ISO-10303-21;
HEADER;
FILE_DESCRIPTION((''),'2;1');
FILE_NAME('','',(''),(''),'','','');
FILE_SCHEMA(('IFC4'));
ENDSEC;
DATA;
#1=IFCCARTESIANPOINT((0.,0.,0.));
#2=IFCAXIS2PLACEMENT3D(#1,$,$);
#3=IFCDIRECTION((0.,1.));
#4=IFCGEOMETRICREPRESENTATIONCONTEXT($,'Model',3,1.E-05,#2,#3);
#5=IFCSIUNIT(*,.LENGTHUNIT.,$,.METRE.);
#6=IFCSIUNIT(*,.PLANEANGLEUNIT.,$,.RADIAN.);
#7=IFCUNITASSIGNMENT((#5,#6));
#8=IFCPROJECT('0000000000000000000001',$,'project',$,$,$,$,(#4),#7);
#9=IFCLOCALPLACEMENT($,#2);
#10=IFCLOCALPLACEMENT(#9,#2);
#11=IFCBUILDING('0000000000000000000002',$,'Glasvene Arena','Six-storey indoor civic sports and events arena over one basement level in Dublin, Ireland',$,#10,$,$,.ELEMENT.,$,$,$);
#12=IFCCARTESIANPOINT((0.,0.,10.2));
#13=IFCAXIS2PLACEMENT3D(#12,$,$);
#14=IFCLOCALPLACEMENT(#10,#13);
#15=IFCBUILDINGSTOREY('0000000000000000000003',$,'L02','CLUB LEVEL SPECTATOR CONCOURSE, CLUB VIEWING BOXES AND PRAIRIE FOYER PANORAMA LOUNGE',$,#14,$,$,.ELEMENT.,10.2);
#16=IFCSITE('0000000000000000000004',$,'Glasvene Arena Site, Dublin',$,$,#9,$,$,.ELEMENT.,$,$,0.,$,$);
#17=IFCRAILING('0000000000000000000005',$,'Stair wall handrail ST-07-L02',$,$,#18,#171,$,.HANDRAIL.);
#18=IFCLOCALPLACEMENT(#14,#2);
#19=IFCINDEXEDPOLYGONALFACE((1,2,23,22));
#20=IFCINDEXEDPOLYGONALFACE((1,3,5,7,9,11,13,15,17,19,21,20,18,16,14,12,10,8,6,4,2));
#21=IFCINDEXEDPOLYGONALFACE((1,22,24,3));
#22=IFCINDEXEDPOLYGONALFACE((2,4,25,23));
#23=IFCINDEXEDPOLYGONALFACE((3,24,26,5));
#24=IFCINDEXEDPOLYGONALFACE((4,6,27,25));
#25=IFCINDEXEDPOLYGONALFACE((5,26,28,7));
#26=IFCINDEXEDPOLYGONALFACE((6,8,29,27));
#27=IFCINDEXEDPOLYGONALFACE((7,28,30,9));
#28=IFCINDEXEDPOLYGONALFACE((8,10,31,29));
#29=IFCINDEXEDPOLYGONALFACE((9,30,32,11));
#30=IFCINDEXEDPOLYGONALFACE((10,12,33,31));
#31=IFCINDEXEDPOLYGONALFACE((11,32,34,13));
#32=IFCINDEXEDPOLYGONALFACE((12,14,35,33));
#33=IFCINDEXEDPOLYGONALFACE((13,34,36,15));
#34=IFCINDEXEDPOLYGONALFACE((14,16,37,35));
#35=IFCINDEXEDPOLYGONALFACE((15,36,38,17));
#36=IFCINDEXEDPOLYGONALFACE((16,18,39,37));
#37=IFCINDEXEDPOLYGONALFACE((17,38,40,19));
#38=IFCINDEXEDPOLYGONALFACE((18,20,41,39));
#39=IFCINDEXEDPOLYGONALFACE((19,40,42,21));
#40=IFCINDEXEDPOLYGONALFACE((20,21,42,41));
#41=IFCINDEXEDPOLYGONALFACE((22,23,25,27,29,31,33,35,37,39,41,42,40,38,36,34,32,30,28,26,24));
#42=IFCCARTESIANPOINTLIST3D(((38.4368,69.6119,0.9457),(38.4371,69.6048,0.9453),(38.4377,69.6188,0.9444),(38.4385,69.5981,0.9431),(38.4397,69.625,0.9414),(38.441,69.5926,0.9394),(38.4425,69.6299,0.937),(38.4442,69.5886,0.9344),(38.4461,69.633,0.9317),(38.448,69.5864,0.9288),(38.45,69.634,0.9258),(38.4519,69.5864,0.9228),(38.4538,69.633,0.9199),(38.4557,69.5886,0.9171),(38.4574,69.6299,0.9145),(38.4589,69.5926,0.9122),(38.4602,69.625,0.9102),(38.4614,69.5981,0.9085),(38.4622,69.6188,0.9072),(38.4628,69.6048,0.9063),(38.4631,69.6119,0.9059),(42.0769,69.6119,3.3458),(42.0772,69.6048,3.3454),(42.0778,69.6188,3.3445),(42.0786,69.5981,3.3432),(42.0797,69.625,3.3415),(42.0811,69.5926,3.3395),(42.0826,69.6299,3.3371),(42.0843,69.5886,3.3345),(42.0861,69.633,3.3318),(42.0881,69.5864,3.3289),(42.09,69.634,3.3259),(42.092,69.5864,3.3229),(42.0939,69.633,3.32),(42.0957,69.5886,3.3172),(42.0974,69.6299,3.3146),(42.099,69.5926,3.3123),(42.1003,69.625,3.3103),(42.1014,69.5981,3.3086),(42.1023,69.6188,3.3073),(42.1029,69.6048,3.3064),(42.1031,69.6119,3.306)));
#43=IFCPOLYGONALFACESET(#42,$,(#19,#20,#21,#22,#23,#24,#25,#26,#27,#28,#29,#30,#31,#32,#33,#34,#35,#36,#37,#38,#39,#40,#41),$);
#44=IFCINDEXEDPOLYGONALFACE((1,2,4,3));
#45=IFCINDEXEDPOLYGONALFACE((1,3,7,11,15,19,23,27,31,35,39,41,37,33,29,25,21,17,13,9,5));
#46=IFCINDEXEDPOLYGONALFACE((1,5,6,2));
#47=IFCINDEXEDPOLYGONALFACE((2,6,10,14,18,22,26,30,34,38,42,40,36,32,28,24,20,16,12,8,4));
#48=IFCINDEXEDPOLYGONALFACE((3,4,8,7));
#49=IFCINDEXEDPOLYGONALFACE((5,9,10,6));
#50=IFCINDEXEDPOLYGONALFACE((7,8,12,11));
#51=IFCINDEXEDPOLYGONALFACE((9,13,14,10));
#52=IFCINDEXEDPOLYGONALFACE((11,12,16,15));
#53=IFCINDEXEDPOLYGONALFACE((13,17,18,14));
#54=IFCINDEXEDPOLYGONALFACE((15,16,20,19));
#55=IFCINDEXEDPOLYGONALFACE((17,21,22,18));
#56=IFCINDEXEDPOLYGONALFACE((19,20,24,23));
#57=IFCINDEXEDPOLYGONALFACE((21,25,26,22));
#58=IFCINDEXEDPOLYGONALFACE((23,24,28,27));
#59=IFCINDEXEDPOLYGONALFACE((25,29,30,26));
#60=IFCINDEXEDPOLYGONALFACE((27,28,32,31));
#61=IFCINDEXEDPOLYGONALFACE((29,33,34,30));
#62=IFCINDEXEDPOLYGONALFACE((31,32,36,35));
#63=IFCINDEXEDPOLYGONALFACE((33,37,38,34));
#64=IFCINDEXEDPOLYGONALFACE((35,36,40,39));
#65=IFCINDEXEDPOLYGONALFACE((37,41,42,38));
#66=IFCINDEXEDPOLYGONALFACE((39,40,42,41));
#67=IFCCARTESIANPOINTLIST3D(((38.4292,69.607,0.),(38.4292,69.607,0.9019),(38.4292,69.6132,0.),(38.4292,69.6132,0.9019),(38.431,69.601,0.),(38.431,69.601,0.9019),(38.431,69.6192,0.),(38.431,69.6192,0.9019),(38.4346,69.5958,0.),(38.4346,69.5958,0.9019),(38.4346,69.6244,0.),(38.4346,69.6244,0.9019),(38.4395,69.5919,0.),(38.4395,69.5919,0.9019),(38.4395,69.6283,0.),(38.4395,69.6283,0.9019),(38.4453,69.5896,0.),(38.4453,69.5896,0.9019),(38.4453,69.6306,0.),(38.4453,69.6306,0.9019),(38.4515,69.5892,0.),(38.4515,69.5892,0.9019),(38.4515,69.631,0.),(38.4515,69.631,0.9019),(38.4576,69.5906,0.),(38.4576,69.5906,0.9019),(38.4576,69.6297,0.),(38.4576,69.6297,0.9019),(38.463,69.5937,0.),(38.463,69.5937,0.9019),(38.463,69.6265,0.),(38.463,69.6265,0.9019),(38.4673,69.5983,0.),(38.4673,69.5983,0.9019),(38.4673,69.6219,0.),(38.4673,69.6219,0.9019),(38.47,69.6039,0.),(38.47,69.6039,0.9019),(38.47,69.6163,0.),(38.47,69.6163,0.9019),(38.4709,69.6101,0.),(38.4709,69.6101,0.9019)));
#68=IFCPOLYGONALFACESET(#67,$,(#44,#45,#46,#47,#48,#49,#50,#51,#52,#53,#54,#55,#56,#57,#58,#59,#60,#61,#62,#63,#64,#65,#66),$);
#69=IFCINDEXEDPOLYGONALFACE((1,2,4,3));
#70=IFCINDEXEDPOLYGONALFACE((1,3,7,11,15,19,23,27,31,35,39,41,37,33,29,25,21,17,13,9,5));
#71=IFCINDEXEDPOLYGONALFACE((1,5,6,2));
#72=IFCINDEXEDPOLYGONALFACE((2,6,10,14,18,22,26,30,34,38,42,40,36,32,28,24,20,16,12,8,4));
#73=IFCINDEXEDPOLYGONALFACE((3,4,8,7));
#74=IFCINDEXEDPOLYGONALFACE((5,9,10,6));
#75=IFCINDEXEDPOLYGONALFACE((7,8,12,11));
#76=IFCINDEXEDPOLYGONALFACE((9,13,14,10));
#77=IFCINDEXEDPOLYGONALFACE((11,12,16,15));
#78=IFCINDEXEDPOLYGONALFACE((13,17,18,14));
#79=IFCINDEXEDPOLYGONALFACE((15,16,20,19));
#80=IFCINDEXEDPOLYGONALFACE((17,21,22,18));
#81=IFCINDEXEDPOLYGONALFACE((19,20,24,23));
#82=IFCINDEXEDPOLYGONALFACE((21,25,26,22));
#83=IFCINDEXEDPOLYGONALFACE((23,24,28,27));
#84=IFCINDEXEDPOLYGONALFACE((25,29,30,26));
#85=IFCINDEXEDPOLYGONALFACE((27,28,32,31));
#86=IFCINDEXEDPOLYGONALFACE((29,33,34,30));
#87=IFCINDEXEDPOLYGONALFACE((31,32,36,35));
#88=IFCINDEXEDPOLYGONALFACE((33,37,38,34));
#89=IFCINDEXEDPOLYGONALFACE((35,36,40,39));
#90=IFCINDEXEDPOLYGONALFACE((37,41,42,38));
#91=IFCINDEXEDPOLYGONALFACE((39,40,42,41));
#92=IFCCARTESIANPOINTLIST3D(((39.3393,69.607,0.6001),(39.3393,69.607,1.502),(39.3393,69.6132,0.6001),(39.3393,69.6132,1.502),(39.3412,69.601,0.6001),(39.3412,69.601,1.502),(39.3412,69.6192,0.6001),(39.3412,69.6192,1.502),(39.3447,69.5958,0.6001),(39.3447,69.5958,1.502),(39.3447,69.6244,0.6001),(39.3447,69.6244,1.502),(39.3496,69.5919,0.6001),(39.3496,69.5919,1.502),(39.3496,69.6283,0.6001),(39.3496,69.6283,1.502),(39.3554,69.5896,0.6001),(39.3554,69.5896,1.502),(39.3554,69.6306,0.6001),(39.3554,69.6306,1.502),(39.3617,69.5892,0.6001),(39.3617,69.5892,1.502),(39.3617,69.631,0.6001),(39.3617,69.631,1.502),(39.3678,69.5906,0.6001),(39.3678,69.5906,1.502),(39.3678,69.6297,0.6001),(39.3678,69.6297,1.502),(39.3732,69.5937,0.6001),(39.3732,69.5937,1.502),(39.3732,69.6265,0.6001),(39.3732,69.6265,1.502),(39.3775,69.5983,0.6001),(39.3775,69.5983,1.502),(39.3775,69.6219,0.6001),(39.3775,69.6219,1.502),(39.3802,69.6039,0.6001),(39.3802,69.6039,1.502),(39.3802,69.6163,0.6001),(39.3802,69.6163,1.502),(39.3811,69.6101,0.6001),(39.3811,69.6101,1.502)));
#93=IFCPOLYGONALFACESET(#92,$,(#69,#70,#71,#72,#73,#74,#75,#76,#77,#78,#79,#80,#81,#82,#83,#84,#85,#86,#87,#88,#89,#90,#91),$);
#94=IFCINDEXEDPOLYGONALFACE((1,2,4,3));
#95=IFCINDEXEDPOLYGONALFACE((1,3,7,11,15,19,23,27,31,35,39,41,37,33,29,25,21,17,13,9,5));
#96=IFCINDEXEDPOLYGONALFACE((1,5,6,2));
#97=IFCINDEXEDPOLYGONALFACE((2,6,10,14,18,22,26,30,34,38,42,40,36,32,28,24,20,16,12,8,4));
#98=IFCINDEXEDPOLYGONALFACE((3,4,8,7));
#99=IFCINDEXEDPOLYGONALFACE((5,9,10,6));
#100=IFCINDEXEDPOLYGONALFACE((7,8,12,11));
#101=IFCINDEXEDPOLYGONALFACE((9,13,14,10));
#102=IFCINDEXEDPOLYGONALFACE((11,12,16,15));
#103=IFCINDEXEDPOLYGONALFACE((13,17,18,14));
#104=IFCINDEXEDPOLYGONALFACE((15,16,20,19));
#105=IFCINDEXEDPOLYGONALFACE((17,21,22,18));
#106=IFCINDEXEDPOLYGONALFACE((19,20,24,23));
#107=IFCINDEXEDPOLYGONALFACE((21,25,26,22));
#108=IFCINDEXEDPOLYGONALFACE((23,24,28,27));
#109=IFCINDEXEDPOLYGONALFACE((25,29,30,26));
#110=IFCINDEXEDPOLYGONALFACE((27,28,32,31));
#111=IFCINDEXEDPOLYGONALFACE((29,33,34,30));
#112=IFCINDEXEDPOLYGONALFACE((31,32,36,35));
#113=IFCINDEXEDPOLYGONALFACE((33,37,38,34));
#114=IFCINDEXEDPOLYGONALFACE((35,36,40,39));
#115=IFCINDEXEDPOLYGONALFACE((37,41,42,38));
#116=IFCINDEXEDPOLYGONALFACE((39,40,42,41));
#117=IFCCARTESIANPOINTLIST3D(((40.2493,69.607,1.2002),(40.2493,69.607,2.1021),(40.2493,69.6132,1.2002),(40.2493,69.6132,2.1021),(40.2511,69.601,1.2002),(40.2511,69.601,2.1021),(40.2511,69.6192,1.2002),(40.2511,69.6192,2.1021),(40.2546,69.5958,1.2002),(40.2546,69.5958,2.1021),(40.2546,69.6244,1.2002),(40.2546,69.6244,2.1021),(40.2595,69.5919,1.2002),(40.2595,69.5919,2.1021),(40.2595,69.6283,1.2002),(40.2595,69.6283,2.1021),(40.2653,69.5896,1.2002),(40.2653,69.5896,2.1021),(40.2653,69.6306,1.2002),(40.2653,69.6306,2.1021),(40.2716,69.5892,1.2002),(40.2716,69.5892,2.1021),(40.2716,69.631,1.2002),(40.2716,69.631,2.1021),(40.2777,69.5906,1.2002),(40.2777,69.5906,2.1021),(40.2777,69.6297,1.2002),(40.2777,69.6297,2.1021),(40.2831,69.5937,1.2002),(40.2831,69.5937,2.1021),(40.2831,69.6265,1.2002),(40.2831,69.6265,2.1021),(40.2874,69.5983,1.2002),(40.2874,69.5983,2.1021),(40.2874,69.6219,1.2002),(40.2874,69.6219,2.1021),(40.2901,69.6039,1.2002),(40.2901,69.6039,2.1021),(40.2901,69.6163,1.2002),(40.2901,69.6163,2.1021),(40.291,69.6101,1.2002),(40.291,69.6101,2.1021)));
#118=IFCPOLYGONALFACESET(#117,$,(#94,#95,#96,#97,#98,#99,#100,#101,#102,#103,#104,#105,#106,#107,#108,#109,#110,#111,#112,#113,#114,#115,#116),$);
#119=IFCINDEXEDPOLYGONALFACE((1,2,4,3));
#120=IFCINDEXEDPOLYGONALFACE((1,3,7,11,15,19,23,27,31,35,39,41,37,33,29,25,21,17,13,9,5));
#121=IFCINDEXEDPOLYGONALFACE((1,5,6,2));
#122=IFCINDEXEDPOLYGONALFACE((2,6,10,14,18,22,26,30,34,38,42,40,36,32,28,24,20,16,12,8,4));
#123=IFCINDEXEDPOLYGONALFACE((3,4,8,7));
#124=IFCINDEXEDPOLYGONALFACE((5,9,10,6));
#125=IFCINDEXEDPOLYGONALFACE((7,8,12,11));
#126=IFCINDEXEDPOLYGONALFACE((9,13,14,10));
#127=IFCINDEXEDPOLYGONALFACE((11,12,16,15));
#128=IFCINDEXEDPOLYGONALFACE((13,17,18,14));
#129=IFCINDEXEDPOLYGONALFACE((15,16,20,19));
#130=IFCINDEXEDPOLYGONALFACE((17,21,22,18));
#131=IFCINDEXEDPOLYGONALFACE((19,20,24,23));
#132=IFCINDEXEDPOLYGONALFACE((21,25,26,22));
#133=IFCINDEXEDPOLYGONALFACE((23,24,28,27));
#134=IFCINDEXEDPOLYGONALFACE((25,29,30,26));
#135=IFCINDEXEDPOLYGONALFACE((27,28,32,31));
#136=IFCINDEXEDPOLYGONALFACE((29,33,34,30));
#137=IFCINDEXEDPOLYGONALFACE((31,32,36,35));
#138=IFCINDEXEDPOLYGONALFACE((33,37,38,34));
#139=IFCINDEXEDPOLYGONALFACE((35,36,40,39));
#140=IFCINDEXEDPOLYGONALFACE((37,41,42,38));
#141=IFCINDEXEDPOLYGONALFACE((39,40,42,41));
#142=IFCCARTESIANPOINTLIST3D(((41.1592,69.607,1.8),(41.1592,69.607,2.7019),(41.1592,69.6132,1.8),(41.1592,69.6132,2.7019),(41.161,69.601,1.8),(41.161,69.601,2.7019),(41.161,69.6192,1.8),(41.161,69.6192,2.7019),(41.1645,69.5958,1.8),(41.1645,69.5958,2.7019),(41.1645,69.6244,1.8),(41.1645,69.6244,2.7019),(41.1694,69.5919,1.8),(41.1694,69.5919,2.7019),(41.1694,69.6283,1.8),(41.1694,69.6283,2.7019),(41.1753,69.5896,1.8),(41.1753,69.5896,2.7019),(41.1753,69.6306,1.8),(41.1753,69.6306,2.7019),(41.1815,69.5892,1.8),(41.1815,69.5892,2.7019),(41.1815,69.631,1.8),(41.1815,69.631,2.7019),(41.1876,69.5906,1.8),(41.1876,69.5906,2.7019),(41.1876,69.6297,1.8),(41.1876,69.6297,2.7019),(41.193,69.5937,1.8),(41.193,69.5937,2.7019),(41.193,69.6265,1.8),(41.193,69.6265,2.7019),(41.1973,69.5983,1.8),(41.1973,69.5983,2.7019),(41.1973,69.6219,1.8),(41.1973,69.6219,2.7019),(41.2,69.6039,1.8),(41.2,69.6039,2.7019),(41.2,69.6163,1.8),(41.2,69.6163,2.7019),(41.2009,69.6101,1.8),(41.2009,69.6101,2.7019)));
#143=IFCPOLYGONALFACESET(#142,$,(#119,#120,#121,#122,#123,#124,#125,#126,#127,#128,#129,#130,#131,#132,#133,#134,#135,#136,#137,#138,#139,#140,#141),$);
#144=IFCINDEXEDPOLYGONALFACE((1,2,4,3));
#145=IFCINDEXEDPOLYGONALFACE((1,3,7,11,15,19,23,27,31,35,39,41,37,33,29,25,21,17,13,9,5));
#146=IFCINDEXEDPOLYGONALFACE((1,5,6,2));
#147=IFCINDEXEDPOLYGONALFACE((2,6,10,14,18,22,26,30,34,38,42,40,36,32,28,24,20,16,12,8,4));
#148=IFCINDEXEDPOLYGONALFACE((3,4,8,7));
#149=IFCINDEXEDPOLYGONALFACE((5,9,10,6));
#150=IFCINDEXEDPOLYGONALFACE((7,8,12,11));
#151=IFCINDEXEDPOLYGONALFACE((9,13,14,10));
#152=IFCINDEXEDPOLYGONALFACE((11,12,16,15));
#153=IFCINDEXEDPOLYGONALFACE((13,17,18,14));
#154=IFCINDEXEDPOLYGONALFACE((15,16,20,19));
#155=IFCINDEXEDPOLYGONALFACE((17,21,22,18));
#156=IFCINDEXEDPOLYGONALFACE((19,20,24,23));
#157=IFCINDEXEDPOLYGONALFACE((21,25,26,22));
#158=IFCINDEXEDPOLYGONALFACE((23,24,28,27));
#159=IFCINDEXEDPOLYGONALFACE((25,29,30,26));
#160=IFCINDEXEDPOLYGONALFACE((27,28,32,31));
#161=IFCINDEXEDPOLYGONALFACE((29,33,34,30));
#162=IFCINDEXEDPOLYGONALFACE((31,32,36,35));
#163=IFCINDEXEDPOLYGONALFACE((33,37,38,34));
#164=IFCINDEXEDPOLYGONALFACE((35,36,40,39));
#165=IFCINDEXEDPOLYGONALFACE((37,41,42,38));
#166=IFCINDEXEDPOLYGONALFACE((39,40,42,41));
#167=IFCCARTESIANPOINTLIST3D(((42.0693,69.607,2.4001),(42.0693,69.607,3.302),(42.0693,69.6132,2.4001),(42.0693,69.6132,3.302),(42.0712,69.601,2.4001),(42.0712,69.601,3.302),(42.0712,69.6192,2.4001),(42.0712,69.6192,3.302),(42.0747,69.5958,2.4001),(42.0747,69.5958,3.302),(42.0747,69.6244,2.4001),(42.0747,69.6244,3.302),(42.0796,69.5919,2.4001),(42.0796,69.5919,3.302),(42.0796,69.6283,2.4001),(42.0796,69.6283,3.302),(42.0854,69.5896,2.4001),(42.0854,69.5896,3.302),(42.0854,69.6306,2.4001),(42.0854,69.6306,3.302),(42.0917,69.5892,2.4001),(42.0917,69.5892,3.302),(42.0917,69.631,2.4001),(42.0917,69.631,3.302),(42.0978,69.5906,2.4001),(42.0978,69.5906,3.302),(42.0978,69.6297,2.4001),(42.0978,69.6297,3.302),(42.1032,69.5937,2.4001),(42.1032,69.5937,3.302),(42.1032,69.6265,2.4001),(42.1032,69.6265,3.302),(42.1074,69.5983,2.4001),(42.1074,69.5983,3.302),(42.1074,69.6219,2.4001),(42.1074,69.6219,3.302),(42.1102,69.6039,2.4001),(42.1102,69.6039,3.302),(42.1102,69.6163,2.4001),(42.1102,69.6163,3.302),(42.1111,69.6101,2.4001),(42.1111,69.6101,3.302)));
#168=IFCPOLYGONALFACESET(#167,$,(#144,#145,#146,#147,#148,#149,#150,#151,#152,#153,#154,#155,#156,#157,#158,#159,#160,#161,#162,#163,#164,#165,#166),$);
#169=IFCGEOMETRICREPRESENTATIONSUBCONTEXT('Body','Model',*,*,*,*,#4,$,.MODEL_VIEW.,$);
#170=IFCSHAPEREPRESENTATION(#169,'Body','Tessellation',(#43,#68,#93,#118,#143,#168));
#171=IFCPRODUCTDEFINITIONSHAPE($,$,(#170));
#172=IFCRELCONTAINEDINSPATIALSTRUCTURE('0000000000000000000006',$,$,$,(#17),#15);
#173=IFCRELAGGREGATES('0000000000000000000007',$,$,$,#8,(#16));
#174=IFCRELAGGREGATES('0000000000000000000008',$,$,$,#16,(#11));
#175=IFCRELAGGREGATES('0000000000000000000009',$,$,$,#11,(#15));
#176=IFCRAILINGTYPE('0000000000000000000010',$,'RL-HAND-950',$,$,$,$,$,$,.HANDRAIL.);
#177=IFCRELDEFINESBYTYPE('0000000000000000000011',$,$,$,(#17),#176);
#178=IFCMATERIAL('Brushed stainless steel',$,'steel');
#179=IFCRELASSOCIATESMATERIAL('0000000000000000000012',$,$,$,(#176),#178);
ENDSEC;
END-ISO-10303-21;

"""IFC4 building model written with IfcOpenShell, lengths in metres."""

from ifc_helpers import new_model, si_unit, direction, frame, origin, origin_2d, place, context, subcontext, project, spatial, circle, extrude, material, type_object, element, save


model = new_model("IFC4")

# Units and contexts
model_context = context("Model", 3, precision=1e-05, world=origin(), true_north=direction((0.0, 1.0)))
body_context = subcontext(model_context, "Body", "Model", "MODEL_VIEW")
ifc_project = project(units=[si_unit("LENGTHUNIT", "METRE"), si_unit("PLANEANGLEUNIT", "RADIAN")], contexts=[model_context])

# Site, building, storey
site_placement = place(None, origin())
site = spatial("IfcSite", under=ifc_project, at=site_placement, Name="Glasvene Arena Site, Dublin", CompositionType="ELEMENT", RefElevation=0.0)
building_placement = place(site_placement, origin())
building = spatial("IfcBuilding", under=site, at=building_placement, Name="Glasvene Arena", Description="Six-storey indoor civic sports and events arena over one basement level in Dublin, Ireland", CompositionType="ELEMENT")
storey_placement = place(building_placement, frame((0.0, 0.0, 10.2)))
storey = spatial("IfcBuildingStorey", under=building, at=storey_placement, Name="L02", Description="CLUB LEVEL SPECTATOR CONCOURSE, CLUB VIEWING BOXES AND PRAIRIE FOYER PANORAMA LOUNGE", CompositionType="ELEMENT", Elevation=10.2)

# Shared definitions
ifc_material_1 = material(Name="Brushed stainless steel", Category="steel")

# Railing
railing_type_1 = type_object("IfcRailingType", Name="RL-HAND-950", PredefinedType="HANDRAIL", material=ifc_material_1)
railing_1_placement = place(storey_placement, frame((38.45, 69.6101, 0.0)))
element("IfcRailing", 1, at=railing_1_placement, inside=storey, type_object=railing_type_1, Name="Stair wall handrail ST-07-L02", PredefinedType="HANDRAIL", context=body_context, shape_type="SweptSolid", body=[
    extrude(circle(Radius=0.0239, at=origin_2d()), frame((0.0, 0.0, 0.9258), z_axis=(0.834856, 0.0, 0.550468), x_axis=(0.0, 1.0, 0.0)), (0.0, 0.0, 1.0), 4.3601),
    extrude(circle(Radius=0.021, at=origin_2d()), origin(), (0.0, 0.0, 1.0), 0.9019),
    extrude(circle(Radius=0.021, at=origin_2d()), frame((0.9102, 0.0, 0.6001)), (0.0, 0.0, 1.0), 0.9019),
    extrude(circle(Radius=0.021, at=origin_2d()), frame((1.8201, 0.0, 1.2002)), (0.0, 0.0, 1.0), 0.9019),
    extrude(circle(Radius=0.021, at=origin_2d()), frame((2.73, 0.0, 1.8)), (0.0, 0.0, 1.0), 0.9019),
    extrude(circle(Radius=0.021, at=origin_2d()), frame((3.6401, 0.0, 2.4001)), (0.0, 0.0, 1.0), 0.9019),
])

save(model, "model.ifc")
